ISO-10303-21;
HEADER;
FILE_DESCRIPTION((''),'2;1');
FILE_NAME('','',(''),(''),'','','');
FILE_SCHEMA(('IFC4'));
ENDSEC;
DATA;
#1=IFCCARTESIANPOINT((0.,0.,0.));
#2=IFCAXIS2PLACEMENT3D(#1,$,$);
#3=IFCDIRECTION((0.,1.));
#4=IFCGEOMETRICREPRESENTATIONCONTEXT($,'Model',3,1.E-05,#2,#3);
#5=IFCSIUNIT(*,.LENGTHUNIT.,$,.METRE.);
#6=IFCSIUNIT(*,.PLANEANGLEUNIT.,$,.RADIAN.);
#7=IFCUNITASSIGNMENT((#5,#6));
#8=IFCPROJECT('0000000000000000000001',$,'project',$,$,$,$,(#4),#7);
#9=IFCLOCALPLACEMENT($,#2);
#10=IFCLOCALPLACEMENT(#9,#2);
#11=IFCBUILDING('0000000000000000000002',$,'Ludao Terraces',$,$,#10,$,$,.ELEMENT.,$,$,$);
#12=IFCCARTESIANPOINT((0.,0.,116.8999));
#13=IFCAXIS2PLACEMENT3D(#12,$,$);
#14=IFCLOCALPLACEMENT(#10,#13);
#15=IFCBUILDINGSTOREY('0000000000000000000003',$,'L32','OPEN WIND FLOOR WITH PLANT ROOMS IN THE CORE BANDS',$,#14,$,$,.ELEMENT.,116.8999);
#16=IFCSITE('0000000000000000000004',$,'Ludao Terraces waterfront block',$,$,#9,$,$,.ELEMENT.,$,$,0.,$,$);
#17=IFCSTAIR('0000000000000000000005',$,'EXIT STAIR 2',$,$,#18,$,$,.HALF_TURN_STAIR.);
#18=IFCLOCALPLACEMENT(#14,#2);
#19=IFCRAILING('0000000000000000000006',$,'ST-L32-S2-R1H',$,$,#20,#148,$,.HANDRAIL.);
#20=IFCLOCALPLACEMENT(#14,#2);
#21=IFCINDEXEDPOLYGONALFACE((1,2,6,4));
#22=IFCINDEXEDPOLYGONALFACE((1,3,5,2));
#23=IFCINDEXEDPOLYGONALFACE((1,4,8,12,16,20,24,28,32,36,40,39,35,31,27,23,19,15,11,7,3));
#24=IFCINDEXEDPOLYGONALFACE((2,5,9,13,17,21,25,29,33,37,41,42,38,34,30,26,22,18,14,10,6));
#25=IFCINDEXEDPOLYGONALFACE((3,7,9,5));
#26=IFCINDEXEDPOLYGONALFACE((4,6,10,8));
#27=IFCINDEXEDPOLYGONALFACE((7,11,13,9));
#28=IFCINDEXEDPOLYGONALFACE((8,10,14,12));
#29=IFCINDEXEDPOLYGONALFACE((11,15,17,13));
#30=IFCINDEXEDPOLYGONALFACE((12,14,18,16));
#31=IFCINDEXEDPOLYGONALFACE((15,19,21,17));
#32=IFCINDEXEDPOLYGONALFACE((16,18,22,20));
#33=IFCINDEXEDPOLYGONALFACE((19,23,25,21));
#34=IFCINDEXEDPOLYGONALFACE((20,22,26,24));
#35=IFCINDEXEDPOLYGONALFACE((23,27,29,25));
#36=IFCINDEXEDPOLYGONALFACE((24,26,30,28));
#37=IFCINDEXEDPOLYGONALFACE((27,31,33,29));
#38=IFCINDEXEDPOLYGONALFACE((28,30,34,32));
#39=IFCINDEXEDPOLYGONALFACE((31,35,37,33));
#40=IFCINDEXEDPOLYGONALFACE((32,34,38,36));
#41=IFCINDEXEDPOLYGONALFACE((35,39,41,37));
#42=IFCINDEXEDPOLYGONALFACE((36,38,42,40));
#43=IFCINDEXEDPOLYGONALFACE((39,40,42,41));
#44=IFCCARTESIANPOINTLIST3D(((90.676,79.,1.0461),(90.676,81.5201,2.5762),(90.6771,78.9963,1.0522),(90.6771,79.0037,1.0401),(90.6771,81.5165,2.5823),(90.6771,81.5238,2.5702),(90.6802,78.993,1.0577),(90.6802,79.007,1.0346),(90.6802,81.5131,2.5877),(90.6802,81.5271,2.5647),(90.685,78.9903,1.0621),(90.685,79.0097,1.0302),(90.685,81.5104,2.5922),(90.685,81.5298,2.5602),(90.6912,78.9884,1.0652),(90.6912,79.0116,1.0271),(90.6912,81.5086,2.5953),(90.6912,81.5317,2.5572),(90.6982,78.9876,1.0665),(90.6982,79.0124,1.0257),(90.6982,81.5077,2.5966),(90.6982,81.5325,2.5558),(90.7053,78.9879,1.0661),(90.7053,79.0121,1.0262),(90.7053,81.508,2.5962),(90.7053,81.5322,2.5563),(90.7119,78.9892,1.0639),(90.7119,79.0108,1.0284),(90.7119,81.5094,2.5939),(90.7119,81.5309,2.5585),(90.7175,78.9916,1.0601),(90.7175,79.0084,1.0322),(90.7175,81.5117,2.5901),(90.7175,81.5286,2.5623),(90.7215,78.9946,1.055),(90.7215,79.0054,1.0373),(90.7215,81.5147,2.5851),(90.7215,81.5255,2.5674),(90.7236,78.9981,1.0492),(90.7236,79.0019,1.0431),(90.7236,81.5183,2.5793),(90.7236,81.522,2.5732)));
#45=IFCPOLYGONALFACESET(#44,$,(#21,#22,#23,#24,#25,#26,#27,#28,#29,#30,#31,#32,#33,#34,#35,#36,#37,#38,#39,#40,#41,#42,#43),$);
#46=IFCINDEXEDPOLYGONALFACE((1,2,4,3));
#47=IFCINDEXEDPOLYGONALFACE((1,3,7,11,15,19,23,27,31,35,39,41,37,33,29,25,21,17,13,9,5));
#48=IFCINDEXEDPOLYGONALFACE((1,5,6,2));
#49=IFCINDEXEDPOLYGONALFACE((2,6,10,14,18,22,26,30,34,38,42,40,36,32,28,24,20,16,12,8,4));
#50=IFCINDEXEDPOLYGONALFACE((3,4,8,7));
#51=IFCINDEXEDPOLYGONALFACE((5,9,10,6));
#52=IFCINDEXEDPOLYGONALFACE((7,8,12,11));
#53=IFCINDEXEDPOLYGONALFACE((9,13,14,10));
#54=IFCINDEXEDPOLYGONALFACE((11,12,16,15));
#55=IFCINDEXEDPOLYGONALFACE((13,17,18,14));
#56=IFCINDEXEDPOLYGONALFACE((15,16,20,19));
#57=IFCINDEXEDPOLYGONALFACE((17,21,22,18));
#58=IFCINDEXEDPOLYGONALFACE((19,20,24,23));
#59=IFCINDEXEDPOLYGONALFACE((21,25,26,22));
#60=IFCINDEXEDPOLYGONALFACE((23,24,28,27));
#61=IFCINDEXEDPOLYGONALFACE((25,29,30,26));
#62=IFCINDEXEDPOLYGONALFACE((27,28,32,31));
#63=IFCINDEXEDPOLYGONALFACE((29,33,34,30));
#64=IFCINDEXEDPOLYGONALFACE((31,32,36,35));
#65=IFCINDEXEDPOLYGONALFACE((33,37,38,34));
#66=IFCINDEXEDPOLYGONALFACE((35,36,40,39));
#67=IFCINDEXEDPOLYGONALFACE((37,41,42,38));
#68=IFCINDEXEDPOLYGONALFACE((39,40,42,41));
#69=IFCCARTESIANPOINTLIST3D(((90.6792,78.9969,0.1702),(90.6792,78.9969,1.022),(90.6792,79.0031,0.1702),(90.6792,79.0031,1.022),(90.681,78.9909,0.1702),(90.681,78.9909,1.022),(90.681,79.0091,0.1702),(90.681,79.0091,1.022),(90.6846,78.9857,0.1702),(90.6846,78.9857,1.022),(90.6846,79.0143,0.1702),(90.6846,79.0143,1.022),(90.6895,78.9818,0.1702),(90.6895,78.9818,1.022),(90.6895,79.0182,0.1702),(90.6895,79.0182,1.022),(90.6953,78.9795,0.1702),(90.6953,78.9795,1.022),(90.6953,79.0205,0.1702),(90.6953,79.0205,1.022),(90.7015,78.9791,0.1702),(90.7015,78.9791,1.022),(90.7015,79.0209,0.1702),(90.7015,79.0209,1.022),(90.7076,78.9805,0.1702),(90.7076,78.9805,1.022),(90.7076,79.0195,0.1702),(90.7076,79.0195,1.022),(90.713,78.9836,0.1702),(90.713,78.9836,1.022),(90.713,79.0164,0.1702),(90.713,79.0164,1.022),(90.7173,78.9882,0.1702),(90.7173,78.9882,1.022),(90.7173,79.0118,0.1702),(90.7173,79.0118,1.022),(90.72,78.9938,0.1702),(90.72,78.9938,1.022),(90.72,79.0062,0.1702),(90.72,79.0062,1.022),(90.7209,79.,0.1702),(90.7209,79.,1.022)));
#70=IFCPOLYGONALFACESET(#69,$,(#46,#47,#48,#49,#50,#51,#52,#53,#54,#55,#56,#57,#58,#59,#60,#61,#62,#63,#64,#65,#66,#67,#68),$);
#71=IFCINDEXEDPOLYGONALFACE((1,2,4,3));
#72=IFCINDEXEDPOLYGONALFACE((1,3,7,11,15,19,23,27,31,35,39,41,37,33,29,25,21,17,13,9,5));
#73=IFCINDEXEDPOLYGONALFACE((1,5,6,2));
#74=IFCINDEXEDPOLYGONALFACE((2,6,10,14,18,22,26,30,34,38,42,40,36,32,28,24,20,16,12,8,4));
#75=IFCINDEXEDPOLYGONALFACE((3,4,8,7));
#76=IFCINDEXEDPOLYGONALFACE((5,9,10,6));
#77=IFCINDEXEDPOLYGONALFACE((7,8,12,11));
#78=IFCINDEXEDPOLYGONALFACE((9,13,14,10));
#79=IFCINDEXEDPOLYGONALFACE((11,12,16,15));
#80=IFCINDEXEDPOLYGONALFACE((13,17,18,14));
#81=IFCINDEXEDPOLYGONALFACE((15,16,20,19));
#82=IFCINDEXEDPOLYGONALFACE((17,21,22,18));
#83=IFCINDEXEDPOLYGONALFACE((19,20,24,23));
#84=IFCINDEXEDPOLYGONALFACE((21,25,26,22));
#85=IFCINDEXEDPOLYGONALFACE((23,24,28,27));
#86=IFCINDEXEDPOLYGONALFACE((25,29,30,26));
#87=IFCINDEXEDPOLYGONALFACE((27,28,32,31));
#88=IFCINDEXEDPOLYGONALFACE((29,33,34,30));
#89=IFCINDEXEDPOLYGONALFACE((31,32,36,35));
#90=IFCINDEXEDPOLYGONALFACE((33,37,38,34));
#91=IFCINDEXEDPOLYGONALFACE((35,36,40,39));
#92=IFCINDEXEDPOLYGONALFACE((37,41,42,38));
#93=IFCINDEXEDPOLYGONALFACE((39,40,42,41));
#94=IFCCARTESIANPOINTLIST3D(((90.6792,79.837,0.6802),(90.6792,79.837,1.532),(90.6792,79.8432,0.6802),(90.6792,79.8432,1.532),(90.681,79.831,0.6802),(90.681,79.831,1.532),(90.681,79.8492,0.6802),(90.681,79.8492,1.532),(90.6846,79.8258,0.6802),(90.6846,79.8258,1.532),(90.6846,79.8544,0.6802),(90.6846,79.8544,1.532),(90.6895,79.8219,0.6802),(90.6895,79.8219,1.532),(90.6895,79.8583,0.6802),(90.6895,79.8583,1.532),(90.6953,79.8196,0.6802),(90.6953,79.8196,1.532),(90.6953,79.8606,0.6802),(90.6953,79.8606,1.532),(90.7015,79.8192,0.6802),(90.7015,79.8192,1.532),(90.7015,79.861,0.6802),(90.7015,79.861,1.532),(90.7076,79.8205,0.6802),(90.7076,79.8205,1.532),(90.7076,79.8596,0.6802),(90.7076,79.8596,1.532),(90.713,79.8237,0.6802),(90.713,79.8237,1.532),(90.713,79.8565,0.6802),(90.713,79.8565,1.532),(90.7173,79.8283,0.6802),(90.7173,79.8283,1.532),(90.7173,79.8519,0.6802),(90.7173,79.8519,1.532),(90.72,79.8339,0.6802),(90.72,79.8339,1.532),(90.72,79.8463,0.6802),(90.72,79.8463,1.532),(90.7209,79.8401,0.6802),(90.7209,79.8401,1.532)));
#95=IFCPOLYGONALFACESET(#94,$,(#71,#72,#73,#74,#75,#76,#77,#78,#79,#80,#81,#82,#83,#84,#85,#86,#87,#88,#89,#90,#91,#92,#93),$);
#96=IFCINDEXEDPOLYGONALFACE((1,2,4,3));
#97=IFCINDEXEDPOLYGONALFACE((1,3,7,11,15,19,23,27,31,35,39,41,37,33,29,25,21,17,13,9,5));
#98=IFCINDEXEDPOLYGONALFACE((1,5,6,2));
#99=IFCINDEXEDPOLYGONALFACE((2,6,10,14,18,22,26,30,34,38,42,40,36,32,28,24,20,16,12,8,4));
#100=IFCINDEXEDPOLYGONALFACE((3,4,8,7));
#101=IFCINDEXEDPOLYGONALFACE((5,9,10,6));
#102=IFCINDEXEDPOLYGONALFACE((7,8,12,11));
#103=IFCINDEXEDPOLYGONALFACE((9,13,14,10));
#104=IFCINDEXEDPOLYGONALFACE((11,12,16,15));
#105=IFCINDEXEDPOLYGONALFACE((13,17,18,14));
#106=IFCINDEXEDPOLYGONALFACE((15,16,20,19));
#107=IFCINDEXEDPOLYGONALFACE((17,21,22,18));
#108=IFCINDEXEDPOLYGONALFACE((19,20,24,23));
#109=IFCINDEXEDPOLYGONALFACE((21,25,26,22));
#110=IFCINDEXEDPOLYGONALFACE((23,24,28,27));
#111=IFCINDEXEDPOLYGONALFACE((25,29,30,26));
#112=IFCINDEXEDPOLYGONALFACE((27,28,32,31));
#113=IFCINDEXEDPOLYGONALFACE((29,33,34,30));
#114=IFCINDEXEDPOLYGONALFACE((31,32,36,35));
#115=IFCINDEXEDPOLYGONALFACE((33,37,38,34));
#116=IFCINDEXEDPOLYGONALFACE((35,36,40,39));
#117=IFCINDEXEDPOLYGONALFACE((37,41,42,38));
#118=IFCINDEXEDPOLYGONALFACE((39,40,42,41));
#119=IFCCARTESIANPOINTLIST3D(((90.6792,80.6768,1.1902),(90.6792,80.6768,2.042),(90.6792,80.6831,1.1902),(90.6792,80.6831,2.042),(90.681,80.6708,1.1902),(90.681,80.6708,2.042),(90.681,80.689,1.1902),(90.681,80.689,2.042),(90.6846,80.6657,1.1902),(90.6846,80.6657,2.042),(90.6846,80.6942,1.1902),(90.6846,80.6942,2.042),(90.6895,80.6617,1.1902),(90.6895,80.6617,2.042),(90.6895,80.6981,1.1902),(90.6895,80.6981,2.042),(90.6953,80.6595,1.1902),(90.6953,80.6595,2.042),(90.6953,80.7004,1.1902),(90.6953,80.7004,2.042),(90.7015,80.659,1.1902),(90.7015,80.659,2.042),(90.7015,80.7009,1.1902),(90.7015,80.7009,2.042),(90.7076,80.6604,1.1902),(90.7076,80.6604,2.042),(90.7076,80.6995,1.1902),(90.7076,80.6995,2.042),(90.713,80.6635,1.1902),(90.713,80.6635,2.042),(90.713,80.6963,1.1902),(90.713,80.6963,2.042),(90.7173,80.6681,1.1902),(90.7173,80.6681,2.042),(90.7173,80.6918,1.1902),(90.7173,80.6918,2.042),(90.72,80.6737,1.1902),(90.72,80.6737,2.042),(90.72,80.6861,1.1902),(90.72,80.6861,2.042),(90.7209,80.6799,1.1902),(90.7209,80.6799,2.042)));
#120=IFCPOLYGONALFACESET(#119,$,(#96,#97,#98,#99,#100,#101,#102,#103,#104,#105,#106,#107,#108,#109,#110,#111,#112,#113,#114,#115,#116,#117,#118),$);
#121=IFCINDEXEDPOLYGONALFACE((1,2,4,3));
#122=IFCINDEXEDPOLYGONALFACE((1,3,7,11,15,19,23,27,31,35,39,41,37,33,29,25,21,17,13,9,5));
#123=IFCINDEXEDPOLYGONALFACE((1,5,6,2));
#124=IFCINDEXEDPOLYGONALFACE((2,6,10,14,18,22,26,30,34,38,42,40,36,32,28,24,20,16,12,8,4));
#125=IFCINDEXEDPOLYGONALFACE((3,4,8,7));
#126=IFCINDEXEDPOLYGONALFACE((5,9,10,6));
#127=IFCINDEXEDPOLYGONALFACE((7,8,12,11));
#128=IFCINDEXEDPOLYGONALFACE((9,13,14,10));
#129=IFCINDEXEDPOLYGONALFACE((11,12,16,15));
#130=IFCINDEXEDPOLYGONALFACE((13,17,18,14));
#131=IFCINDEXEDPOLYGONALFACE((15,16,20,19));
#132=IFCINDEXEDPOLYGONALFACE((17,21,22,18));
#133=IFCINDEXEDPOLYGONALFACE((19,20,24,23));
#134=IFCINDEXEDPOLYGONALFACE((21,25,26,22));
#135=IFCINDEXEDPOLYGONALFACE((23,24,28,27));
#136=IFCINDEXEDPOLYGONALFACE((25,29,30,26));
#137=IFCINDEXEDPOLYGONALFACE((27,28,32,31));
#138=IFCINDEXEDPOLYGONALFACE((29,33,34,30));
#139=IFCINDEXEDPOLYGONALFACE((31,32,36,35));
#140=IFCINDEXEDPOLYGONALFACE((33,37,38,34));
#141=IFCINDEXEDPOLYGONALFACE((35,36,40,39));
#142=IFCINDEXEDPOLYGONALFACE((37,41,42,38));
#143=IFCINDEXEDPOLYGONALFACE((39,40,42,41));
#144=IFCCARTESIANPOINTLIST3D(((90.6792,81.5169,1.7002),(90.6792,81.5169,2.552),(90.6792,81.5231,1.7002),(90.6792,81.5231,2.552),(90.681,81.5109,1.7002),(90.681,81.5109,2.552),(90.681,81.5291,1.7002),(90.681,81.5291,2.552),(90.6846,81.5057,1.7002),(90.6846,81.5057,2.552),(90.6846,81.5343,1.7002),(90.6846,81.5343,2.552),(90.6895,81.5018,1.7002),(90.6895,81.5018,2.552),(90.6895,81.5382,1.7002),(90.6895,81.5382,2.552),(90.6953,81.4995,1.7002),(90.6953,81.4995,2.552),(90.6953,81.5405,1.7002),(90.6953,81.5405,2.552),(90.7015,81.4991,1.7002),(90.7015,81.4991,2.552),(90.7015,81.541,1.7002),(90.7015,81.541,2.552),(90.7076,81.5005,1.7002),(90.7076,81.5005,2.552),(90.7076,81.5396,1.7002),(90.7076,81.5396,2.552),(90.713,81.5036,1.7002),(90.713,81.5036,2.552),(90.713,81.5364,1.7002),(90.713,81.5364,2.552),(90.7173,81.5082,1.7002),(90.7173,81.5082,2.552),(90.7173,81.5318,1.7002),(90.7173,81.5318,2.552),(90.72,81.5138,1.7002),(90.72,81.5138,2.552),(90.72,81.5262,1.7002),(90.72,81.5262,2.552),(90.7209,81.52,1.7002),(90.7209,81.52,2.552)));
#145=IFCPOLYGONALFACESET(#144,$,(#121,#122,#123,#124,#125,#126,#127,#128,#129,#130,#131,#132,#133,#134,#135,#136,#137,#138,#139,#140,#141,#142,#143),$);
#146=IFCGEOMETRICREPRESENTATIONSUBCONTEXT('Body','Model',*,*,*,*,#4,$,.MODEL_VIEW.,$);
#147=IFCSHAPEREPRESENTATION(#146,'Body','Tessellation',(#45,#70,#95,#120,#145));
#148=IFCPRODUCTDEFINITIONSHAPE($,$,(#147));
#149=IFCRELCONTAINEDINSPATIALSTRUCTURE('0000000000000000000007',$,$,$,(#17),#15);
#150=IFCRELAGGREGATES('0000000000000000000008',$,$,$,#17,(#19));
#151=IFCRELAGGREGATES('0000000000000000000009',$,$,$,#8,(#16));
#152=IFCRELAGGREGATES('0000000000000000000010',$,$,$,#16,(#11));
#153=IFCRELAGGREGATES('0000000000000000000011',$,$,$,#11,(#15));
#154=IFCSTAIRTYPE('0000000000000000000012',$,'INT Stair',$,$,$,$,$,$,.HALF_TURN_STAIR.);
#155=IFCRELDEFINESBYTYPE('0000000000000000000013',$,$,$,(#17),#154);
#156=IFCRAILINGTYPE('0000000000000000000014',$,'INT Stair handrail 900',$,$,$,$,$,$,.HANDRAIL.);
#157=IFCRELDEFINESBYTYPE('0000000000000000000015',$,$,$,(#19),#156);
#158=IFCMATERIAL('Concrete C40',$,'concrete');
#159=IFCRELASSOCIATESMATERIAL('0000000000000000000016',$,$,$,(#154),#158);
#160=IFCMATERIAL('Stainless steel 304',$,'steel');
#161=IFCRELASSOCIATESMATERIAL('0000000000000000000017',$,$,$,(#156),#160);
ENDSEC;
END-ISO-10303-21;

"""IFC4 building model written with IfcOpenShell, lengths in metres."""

from ifc_helpers import new_model, si_unit, direction, frame, origin, origin_2d, place, context, subcontext, project, spatial, circle, extrude, material, type_object, element, aggregate, save


model = new_model("IFC4")

# Units and contexts
model_context = context("Model", 3, precision=1e-05, world=origin(), true_north=direction((0.0, 1.0)))
body_context = subcontext(model_context, "Body", "Model", "MODEL_VIEW")
ifc_project = project(units=[si_unit("LENGTHUNIT", "METRE"), si_unit("PLANEANGLEUNIT", "RADIAN")], contexts=[model_context])

# Site, building, storey
site_placement = place(None, origin())
site = spatial("IfcSite", under=ifc_project, at=site_placement, Name="Ludao Terraces waterfront block", CompositionType="ELEMENT", RefElevation=0.0)
building_placement = place(site_placement, origin())
building = spatial("IfcBuilding", under=site, at=building_placement, Name="Ludao Terraces", CompositionType="ELEMENT")
storey_placement = place(building_placement, frame((0.0, 0.0, 116.8999)))
storey = spatial("IfcBuildingStorey", under=building, at=storey_placement, Name="L32", Description="OPEN WIND FLOOR WITH PLANT ROOMS IN THE CORE BANDS", CompositionType="ELEMENT", Elevation=116.8999)

# Stair, railing
ifc_material_1 = material(Name="Concrete C40", Category="concrete")
stair_type = type_object("IfcStairType", Name="INT Stair", PredefinedType="HALF_TURN_STAIR", material=ifc_material_1)
stair_placement = place(storey_placement, origin())
stair = element("IfcStair", 1, at=stair_placement, inside=storey, type_object=stair_type, Name="EXIT STAIR 2", PredefinedType="HALF_TURN_STAIR")
ifc_material_2 = material(Name="Stainless steel 304", Category="steel")
railing_type = type_object("IfcRailingType", Name="INT Stair handrail 900", PredefinedType="HANDRAIL", material=ifc_material_2)
railing_1_placement = place(storey_placement, frame((90.7, 79.0, 0.1702)))
railing_1 = element("IfcRailing", 2, at=railing_1_placement, type_object=railing_type, Name="ST-L32-S2-R1H", PredefinedType="HANDRAIL", context=body_context, shape_type="SweptSolid", body=[
    extrude(circle(Radius=0.0239, at=origin_2d()), frame((0.0, 0.0, 0.876), z_axis=(0.0, 0.854785, 0.518982), x_axis=(-1.0, 0.0, 0.0)), (0.0, 0.0, 1.0), 2.9482),
    extrude(circle(Radius=0.021, at=origin_2d()), origin(), (0.0, 0.0, 1.0), 0.8518),
    extrude(circle(Radius=0.021, at=origin_2d()), frame((0.0, 0.8401, 0.51)), (0.0, 0.0, 1.0), 0.8518),
    extrude(circle(Radius=0.021, at=origin_2d()), frame((0.0, 1.6799, 1.02)), (0.0, 0.0, 1.0), 0.8518),
    extrude(circle(Radius=0.021, at=origin_2d()), frame((0.0, 2.52, 1.53)), (0.0, 0.0, 1.0), 0.8518),
])
aggregate(stair, [railing_1])

save(model, "model.ifc")
